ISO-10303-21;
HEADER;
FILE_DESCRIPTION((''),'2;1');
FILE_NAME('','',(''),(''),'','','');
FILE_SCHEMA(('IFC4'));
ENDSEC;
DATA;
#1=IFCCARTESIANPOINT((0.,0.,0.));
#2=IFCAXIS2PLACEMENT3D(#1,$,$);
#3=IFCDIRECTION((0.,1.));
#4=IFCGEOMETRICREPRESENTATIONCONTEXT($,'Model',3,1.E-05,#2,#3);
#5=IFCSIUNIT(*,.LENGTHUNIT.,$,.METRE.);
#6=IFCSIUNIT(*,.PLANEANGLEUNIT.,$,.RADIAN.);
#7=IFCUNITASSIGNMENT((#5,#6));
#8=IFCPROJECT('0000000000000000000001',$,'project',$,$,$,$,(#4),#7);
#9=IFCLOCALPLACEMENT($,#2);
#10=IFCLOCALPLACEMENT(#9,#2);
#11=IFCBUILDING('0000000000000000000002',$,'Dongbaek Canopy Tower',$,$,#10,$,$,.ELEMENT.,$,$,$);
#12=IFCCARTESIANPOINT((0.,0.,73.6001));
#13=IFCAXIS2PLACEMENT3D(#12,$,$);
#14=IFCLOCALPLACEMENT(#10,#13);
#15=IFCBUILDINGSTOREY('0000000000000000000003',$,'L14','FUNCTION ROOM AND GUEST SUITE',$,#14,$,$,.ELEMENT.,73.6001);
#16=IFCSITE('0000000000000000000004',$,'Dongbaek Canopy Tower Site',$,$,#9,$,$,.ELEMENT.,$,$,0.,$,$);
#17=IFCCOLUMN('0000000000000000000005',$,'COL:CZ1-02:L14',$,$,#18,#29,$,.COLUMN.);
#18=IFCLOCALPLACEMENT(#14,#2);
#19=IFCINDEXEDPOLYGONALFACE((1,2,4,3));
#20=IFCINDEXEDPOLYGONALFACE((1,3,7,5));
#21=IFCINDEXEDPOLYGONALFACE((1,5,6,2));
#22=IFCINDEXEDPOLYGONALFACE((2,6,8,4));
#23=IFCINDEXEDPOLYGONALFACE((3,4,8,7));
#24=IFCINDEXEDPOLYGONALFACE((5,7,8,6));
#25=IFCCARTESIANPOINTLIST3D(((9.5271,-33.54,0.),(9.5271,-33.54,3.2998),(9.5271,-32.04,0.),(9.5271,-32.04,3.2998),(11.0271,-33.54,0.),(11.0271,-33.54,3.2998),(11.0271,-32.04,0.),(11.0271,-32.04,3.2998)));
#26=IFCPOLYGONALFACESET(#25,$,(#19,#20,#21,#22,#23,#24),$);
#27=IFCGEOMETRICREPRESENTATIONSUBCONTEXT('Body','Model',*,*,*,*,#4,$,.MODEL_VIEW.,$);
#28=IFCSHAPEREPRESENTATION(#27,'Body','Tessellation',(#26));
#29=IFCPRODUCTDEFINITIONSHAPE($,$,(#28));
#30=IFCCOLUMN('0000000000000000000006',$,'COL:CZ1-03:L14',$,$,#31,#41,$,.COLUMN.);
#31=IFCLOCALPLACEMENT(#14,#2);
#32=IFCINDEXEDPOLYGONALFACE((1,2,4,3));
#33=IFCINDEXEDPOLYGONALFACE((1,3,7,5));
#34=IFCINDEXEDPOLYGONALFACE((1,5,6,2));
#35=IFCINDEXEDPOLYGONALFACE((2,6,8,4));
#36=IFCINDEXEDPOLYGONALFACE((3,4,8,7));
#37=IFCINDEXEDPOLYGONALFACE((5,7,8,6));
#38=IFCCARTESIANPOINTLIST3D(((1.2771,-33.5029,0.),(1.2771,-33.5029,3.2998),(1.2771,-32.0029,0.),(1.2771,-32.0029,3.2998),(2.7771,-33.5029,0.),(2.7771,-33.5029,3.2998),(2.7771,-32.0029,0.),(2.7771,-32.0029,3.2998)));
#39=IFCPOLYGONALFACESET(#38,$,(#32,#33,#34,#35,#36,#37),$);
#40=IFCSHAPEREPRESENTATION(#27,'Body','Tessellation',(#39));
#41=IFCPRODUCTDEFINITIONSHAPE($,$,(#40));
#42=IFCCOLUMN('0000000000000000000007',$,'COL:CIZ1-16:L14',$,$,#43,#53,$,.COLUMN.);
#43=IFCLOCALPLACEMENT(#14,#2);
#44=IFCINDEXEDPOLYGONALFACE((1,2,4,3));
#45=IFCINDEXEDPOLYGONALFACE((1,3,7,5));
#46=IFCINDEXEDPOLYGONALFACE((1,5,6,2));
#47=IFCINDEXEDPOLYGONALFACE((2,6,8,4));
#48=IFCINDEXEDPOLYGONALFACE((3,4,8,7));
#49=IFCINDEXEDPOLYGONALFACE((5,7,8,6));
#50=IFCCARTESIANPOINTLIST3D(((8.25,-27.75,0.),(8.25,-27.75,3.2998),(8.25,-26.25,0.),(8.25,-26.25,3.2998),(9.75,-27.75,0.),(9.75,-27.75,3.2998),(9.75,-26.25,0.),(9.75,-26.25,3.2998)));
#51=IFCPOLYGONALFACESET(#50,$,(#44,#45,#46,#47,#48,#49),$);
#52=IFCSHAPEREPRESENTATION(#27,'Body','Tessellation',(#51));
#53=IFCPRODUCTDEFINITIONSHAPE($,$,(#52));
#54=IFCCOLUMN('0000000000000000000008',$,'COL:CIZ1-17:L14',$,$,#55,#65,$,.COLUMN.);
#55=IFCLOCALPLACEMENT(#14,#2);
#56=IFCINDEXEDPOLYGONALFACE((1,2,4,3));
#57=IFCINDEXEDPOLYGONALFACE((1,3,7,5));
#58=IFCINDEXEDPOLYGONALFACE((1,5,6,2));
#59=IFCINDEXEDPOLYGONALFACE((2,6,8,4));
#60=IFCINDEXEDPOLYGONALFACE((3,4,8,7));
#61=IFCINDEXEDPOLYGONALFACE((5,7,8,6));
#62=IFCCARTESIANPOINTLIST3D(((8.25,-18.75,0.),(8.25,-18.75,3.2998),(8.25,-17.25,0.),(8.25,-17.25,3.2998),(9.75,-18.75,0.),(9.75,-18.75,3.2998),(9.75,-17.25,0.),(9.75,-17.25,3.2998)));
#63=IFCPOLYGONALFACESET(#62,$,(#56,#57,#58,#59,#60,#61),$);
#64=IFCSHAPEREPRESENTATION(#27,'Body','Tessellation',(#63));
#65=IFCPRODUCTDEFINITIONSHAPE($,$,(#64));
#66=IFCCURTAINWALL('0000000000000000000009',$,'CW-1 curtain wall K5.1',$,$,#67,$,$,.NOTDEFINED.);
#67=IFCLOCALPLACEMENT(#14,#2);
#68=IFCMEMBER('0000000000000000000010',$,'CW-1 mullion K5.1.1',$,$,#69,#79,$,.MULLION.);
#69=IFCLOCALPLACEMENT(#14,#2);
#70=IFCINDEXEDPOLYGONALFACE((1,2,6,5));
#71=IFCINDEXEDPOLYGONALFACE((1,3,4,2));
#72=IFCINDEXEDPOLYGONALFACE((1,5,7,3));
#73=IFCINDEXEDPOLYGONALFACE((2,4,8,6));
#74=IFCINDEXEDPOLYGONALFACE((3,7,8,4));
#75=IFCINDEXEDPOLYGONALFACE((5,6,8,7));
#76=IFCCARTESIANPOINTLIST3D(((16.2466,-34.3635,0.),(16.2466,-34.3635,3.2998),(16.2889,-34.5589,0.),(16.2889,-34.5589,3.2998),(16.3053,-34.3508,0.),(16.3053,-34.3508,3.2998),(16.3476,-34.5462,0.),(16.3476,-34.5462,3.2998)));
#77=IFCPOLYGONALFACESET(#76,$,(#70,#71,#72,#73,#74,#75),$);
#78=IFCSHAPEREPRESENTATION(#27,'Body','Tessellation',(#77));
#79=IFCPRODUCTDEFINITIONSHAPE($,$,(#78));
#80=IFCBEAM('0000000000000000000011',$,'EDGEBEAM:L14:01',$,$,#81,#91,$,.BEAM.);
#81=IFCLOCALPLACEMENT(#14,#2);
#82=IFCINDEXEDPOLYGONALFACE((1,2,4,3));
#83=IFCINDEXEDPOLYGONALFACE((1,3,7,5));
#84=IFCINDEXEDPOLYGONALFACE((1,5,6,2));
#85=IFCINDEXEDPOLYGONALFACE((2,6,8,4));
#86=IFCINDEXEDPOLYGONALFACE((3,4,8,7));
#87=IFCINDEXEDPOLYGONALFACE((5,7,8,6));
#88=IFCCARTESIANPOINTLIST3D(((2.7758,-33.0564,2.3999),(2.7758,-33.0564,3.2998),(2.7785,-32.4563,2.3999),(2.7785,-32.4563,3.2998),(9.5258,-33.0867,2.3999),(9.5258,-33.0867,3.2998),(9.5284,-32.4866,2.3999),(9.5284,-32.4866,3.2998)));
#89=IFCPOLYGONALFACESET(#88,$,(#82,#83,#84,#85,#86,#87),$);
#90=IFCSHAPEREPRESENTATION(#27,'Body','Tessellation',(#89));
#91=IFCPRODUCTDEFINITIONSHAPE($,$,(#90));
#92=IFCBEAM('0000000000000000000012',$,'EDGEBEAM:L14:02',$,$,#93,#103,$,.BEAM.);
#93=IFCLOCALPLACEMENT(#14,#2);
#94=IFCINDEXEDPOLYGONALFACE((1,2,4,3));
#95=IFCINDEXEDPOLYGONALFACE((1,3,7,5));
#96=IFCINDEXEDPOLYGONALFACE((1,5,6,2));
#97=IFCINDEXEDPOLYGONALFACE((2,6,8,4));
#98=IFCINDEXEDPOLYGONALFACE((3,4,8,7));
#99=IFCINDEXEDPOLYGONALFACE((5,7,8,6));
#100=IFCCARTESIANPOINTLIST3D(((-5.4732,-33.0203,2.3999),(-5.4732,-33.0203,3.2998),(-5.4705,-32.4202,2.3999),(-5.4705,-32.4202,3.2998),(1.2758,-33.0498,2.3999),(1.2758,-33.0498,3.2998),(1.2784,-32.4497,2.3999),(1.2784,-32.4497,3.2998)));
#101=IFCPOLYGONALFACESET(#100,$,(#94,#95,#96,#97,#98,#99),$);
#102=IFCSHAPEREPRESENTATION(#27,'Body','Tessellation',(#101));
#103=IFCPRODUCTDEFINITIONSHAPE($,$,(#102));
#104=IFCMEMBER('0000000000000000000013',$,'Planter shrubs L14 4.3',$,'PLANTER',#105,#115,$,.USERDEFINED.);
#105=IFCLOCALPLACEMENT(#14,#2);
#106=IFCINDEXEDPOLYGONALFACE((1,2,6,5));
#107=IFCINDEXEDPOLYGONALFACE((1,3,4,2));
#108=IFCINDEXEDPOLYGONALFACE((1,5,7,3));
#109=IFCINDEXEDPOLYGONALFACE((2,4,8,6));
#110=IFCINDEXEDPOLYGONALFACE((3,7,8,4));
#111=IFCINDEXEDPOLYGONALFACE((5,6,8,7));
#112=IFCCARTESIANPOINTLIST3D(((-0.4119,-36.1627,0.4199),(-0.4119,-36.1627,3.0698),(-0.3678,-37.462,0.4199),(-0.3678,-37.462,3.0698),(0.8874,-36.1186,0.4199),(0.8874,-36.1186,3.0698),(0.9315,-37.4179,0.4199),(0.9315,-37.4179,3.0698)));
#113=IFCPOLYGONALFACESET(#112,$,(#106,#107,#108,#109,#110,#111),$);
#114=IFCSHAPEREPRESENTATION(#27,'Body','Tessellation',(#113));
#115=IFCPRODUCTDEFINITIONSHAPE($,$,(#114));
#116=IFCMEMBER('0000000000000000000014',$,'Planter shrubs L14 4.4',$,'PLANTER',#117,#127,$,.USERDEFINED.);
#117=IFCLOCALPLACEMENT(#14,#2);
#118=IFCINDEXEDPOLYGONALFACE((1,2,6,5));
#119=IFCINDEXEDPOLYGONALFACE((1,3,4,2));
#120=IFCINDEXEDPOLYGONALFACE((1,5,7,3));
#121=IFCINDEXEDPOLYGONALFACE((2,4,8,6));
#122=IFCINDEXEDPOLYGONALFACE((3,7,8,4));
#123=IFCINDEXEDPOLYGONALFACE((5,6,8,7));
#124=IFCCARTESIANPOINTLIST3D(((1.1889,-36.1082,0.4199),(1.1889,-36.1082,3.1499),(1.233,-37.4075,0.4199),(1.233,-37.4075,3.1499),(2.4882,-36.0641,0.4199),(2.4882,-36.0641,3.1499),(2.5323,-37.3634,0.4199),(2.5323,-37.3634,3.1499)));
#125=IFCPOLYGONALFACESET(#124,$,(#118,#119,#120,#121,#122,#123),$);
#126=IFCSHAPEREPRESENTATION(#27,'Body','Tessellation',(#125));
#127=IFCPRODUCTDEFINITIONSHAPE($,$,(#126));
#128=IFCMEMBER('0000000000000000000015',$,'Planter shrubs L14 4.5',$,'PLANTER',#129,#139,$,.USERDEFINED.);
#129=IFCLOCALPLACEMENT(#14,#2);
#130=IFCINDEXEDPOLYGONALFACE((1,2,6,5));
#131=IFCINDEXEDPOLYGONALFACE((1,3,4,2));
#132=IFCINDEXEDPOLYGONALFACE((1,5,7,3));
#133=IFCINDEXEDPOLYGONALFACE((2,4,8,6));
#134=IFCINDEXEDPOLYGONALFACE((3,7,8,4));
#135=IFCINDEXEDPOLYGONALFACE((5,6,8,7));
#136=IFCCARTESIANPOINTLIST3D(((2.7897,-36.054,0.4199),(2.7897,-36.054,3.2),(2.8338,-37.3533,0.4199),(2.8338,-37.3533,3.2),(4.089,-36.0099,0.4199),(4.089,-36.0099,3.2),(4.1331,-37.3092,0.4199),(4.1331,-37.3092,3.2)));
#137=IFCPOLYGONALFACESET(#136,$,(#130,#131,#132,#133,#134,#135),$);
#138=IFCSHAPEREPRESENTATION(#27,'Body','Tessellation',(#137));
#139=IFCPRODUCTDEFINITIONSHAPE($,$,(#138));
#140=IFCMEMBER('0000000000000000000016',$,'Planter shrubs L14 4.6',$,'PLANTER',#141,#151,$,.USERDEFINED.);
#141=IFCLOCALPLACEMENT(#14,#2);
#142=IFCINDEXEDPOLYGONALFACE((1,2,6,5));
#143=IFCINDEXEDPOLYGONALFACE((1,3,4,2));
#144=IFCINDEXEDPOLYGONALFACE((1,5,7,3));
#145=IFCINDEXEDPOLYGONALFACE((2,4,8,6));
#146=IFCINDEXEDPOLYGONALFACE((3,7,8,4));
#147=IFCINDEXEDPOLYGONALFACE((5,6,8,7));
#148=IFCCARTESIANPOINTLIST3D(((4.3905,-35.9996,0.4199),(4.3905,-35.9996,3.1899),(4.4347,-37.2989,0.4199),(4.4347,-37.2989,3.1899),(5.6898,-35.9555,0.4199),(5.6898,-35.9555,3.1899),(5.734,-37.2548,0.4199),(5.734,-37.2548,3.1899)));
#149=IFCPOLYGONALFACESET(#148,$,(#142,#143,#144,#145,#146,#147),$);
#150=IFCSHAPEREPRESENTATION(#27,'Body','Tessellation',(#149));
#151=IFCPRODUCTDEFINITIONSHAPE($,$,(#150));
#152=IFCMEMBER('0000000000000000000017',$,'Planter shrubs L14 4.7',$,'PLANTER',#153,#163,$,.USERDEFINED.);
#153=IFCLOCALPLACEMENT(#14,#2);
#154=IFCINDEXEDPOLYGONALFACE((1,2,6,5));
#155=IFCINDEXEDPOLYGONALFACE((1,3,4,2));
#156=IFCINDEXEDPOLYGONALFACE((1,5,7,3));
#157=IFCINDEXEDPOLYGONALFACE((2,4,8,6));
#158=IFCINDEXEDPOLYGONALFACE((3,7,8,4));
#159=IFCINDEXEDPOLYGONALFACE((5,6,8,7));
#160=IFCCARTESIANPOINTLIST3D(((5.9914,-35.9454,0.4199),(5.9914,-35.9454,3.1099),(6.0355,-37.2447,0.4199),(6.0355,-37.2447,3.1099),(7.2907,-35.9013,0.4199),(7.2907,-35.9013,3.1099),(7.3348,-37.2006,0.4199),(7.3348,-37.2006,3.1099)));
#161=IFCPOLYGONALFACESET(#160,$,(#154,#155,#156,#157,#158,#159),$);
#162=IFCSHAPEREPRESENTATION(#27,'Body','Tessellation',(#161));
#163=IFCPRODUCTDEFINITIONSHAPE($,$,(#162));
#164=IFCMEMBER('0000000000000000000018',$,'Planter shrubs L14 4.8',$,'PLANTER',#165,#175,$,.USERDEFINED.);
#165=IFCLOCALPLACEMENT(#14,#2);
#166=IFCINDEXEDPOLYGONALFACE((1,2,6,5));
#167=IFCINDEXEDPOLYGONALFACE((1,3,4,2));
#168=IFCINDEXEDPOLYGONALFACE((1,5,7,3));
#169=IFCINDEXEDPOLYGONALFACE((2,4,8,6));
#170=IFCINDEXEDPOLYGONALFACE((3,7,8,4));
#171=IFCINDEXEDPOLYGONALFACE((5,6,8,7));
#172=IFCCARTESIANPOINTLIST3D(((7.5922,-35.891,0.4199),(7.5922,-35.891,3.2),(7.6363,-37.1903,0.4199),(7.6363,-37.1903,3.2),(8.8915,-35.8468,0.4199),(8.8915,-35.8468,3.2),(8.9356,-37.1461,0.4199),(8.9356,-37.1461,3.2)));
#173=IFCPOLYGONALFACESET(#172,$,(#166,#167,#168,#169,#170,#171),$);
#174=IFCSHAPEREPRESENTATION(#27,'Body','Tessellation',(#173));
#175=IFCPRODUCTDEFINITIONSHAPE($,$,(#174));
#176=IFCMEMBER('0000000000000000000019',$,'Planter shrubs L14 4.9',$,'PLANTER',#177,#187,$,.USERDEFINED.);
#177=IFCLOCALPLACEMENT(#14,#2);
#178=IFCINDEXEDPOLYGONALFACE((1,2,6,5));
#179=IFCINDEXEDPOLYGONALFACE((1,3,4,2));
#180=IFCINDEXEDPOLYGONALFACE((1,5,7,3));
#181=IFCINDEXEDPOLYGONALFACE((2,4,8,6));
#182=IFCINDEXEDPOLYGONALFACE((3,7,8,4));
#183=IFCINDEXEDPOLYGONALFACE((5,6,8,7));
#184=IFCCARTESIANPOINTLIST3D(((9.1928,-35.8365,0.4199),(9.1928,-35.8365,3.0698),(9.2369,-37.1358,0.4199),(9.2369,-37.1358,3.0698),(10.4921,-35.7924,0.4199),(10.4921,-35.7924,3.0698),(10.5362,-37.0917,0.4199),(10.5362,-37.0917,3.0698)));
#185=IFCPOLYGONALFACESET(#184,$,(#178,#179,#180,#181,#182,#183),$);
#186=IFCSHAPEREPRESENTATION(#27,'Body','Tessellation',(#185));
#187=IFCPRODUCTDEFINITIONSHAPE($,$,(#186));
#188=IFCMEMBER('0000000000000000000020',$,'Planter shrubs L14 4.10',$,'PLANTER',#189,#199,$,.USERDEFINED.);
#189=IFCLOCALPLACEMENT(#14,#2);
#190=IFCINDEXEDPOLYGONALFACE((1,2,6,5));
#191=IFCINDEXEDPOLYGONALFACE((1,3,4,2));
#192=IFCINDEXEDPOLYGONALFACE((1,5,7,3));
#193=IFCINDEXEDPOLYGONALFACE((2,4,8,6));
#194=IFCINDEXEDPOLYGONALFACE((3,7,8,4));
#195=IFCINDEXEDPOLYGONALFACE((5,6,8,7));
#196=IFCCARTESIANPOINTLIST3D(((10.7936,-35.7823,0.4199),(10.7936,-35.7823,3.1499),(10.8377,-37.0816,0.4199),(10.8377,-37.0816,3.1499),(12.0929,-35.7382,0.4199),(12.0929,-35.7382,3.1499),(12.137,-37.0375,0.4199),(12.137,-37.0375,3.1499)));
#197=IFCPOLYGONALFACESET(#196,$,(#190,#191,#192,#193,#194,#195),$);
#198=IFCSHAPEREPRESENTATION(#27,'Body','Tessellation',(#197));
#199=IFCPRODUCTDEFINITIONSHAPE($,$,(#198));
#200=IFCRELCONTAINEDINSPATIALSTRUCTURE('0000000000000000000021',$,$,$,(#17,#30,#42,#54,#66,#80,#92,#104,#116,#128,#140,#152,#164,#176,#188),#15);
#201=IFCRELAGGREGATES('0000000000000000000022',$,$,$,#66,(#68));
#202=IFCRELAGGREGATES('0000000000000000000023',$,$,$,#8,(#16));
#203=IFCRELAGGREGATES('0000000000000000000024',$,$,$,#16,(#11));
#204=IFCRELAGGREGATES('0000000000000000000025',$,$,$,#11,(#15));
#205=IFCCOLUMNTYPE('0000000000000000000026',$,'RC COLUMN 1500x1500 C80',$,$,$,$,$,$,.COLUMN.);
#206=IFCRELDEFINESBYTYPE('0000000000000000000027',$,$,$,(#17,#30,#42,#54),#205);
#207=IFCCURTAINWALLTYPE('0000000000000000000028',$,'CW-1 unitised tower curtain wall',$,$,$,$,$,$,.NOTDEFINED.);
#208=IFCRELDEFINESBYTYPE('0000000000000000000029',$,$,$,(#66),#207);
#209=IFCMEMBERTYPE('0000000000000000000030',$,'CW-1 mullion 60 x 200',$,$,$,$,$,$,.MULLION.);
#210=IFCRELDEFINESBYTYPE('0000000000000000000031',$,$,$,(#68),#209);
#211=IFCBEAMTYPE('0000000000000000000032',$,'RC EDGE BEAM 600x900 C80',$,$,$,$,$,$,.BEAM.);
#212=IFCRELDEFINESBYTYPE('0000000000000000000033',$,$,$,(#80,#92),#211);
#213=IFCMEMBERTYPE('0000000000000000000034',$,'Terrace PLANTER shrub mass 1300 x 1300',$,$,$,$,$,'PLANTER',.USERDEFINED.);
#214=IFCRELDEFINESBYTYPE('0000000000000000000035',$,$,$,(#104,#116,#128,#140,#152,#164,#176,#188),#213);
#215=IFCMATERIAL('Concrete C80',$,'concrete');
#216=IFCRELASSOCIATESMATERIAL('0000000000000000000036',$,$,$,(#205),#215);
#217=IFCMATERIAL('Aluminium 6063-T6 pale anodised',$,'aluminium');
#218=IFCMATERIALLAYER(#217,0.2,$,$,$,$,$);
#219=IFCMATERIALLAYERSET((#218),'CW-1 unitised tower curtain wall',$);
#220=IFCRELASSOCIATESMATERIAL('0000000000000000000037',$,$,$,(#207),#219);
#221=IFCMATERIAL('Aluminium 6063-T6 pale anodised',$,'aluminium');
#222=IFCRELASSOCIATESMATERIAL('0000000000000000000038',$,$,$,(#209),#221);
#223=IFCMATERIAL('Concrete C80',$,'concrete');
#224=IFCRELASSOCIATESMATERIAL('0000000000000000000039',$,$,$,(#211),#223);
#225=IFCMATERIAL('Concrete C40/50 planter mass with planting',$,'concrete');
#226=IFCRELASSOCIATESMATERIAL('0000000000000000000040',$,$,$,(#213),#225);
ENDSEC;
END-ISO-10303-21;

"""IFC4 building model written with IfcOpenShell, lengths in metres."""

from ifc_helpers import new_model, si_unit, direction, frame, origin, origin_2d, place, context, subcontext, project, spatial, rectangle, extrude, material, layer, layer_set, material_profile, profile_set, type_object, element, aggregate, save


model = new_model("IFC4")

# Units and contexts
model_context = context("Model", 3, precision=1e-05, world=origin(), true_north=direction((0.0, 1.0)))
body_context = subcontext(model_context, "Body", "Model", "MODEL_VIEW")
ifc_project = project(units=[si_unit("LENGTHUNIT", "METRE"), si_unit("PLANEANGLEUNIT", "RADIAN")], contexts=[model_context])

# Site, building, storey
site_placement = place(None, origin())
site = spatial("IfcSite", under=ifc_project, at=site_placement, Name="Dongbaek Canopy Tower Site", CompositionType="ELEMENT", RefElevation=0.0)
building_placement = place(site_placement, origin())
building = spatial("IfcBuilding", under=site, at=building_placement, Name="Dongbaek Canopy Tower", CompositionType="ELEMENT")
storey_placement = place(building_placement, frame((0.0, 0.0, 73.6001)))
storey = spatial("IfcBuildingStorey", under=building, at=storey_placement, Name="L14", Description="FUNCTION ROOM AND GUEST SUITE", CompositionType="ELEMENT", Elevation=73.6001)

# Columns
ifc_material_1 = material(Name="Concrete C80", Category="concrete")
ifc_material_profile_1 = material_profile(ifc_material_1, rectangle(XDim=1.5, YDim=1.5, at=origin_2d()), Name="RC COLUMN 1500x1500 C80")
ifc_profile_set_1 = profile_set([ifc_material_profile_1], Name="Concrete C80")
column_type = type_object("IfcColumnType", Name="RC COLUMN 1500x1500 C80", PredefinedType="COLUMN", material=ifc_profile_set_1)
for number, where, z_axis, x_axis, name in (
    (1, (10.2771, -32.79, 0.0), (0.0, 0.0, 1.0), (1.0, 0.0, 0.0), "COL:CZ1-02:L14"),
    (2, (2.0271, -32.7529, 0.0), (0.0, 0.0, 1.0), (1.0, 0.0, 0.0), "COL:CZ1-03:L14"),
    (3, (9.0, -27.0, 0.0), (0.0, 0.0, 1.0), (1.0, 0.0, 0.0), "COL:CIZ1-16:L14"),
    (4, (9.0, -18.0, 0.0), (0.0, 0.0, 1.0), (1.0, 0.0, 0.0), "COL:CIZ1-17:L14"),
):
    element("IfcColumn", number, at=place(storey_placement, frame(where, z_axis=z_axis, x_axis=x_axis)), inside=storey, type_object=column_type, Name=name, PredefinedType="COLUMN", context=body_context, shape_type="SweptSolid", body=[
        extrude(rectangle(XDim=1.5, YDim=1.5, at=origin_2d()), origin(), (0.0, 0.0, 1.0), 3.2998),
    ])

# Curtain wall, member
ifc_material_2 = material(Name="Aluminium 6063-T6 pale anodised", Category="aluminium")
ifc_layer_1 = layer(ifc_material_2, 0.2)
ifc_layer_set_1 = layer_set([ifc_layer_1], Name="CW-1 unitised tower curtain wall")
curtain_wall_type = type_object("IfcCurtainWallType", Name="CW-1 unitised tower curtain wall", PredefinedType="NOTDEFINED", material=ifc_layer_set_1)
curtain_wall_placement = place(storey_placement, origin())
curtain_wall = element("IfcCurtainWall", 5, at=curtain_wall_placement, inside=storey, type_object=curtain_wall_type, Name="CW-1 curtain wall K5.1", PredefinedType="NOTDEFINED")
ifc_material_3 = material(Name="Aluminium 6063-T6 pale anodised", Category="aluminium")
ifc_material_profile_2 = material_profile(ifc_material_3, rectangle(XDim=0.2, YDim=0.0601, at=origin_2d()), Name="CW-1 mullion 60 x 200")
ifc_profile_set_2 = profile_set([ifc_material_profile_2], Name="Aluminium 6063-T6 pale anodised")
member_type_1 = type_object("IfcMemberType", Name="CW-1 mullion 60 x 200", PredefinedType="MULLION", material=ifc_profile_set_2)
member_1_placement = place(storey_placement, frame((16.2971, -34.4548, 0.0), z_axis=(0.0, 0.0, 1.0), x_axis=(0.211349, -0.977411, 0.0)))
member_1 = element("IfcMember", 6, at=member_1_placement, type_object=member_type_1, Name="CW-1 mullion K5.1.1", PredefinedType="MULLION", context=body_context, shape_type="SweptSolid", body=[
    extrude(rectangle(XDim=0.2, YDim=0.0601, at=origin_2d()), origin(), (0.0, 0.0, 1.0), 3.2998),
])
aggregate(curtain_wall, [member_1])

# Beams
ifc_material_4 = material(Name="Concrete C80", Category="concrete")
ifc_material_profile_3 = material_profile(ifc_material_4, rectangle(XDim=0.6001, YDim=0.8999, at=origin_2d()), Name="RC EDGE BEAM 600x900 C80")
ifc_profile_set_3 = profile_set([ifc_material_profile_3], Name="Concrete C80")
beam_type = type_object("IfcBeamType", Name="RC EDGE BEAM 600x900 C80", PredefinedType="BEAM", material=ifc_profile_set_3)
beam_1_placement = place(storey_placement, frame((9.5271, -32.7866, 2.8499), z_axis=(-0.99999, 0.004485, 0.0), x_axis=(-0.004485, -0.99999, 0.0)))
element("IfcBeam", 7, at=beam_1_placement, inside=storey, type_object=beam_type, Name="EDGEBEAM:L14:01", PredefinedType="BEAM", context=body_context, shape_type="SweptSolid", body=[
    extrude(rectangle(XDim=0.6001, YDim=0.8999, at=origin_2d()), origin(), (0.0, 0.0, 1.0), 6.75),
])
beam_2_placement = place(storey_placement, frame((1.2771, -32.7498, 2.8499), z_axis=(-0.99999, 0.004377, 0.0), x_axis=(-0.004377, -0.99999, 0.0)))
element("IfcBeam", 8, at=beam_2_placement, inside=storey, type_object=beam_type, Name="EDGEBEAM:L14:02", PredefinedType="BEAM", context=body_context, shape_type="SweptSolid", body=[
    extrude(rectangle(XDim=0.6001, YDim=0.8999, at=origin_2d()), origin(), (0.0, 0.0, 1.0), 6.749),
])

# Members
ifc_material_5 = material(Name="Concrete C40/50 planter mass with planting", Category="concrete")
ifc_material_profile_4 = material_profile(ifc_material_5, rectangle(XDim=1.3, YDim=1.3, at=origin_2d()), Name="Terrace PLANTER shrub mass 1300 x 1300")
ifc_profile_set_4 = profile_set([ifc_material_profile_4], Name="Concrete C40/50 planter mass with planting")
member_type_2 = type_object("IfcMemberType", Name="Terrace PLANTER shrub mass 1300 x 1300", ElementType="PLANTER", PredefinedType="USERDEFINED", material=ifc_profile_set_4)
member_2_placement = place(storey_placement, frame((0.2598, -36.7903, 0.4199), z_axis=(0.0, 0.0, 1.0), x_axis=(0.033933, -0.999424, 0.0)))
element("IfcMember", 9, at=member_2_placement, inside=storey, type_object=member_type_2, Name="Planter shrubs L14 4.3", ObjectType="PLANTER", PredefinedType="USERDEFINED", context=body_context, shape_type="SweptSolid", body=[
    extrude(rectangle(XDim=1.3, YDim=1.3, at=origin_2d()), origin(), (0.0, 0.0, 1.0), 2.6499),
])
member_3_placement = place(storey_placement, frame((1.8606, -36.7358, 0.4199), z_axis=(0.0, 0.0, 1.0), x_axis=(0.033933, -0.999424, 0.0)))
element("IfcMember", 10, at=member_3_placement, inside=storey, type_object=member_type_2, Name="Planter shrubs L14 4.4", ObjectType="PLANTER", PredefinedType="USERDEFINED", context=body_context, shape_type="SweptSolid", body=[
    extrude(rectangle(XDim=1.3, YDim=1.3, at=origin_2d()), origin(), (0.0, 0.0, 1.0), 2.73),
])
member_4_placement = place(storey_placement, frame((3.4614, -36.6816, 0.4199), z_axis=(0.0, 0.0, 1.0), x_axis=(0.033933, -0.999424, 0.0)))
element("IfcMember", 11, at=member_4_placement, inside=storey, type_object=member_type_2, Name="Planter shrubs L14 4.5", ObjectType="PLANTER", PredefinedType="USERDEFINED", context=body_context, shape_type="SweptSolid", body=[
    extrude(rectangle(XDim=1.3, YDim=1.3, at=origin_2d()), origin(), (0.0, 0.0, 1.0), 2.78),
])
member_5_placement = place(storey_placement, frame((5.0623, -36.6272, 0.4199), z_axis=(0.0, 0.0, 1.0), x_axis=(0.033933, -0.999424, 0.0)))
element("IfcMember", 12, at=member_5_placement, inside=storey, type_object=member_type_2, Name="Planter shrubs L14 4.6", ObjectType="PLANTER", PredefinedType="USERDEFINED", context=body_context, shape_type="SweptSolid", body=[
    extrude(rectangle(XDim=1.3, YDim=1.3, at=origin_2d()), origin(), (0.0, 0.0, 1.0), 2.77),
])
member_6_placement = place(storey_placement, frame((6.6631, -36.573, 0.4199), z_axis=(0.0, 0.0, 1.0), x_axis=(0.033933, -0.999424, 0.0)))
element("IfcMember", 13, at=member_6_placement, inside=storey, type_object=member_type_2, Name="Planter shrubs L14 4.7", ObjectType="PLANTER", PredefinedType="USERDEFINED", context=body_context, shape_type="SweptSolid", body=[
    extrude(rectangle(XDim=1.3, YDim=1.3, at=origin_2d()), origin(), (0.0, 0.0, 1.0), 2.6899),
])
member_7_placement = place(storey_placement, frame((8.2639, -36.5186, 0.4199), z_axis=(0.0, 0.0, 1.0), x_axis=(0.033933, -0.999424, 0.0)))
element("IfcMember", 14, at=member_7_placement, inside=storey, type_object=member_type_2, Name="Planter shrubs L14 4.8", ObjectType="PLANTER", PredefinedType="USERDEFINED", context=body_context, shape_type="SweptSolid", body=[
    extrude(rectangle(XDim=1.3, YDim=1.3, at=origin_2d()), origin(), (0.0, 0.0, 1.0), 2.78),
])
member_8_placement = place(storey_placement, frame((9.8645, -36.4641, 0.4199), z_axis=(0.0, 0.0, 1.0), x_axis=(0.033933, -0.999424, 0.0)))
element("IfcMember", 15, at=member_8_placement, inside=storey, type_object=member_type_2, Name="Planter shrubs L14 4.9", ObjectType="PLANTER", PredefinedType="USERDEFINED", context=body_context, shape_type="SweptSolid", body=[
    extrude(rectangle(XDim=1.3, YDim=1.3, at=origin_2d()), origin(), (0.0, 0.0, 1.0), 2.6499),
])
member_9_placement = place(storey_placement, frame((11.4653, -36.4099, 0.4199), z_axis=(0.0, 0.0, 1.0), x_axis=(0.033933, -0.999424, 0.0)))
element("IfcMember", 16, at=member_9_placement, inside=storey, type_object=member_type_2, Name="Planter shrubs L14 4.10", ObjectType="PLANTER", PredefinedType="USERDEFINED", context=body_context, shape_type="SweptSolid", body=[
    extrude(rectangle(XDim=1.3, YDim=1.3, at=origin_2d()), origin(), (0.0, 0.0, 1.0), 2.73),
])

save(model, "model.ifc")
